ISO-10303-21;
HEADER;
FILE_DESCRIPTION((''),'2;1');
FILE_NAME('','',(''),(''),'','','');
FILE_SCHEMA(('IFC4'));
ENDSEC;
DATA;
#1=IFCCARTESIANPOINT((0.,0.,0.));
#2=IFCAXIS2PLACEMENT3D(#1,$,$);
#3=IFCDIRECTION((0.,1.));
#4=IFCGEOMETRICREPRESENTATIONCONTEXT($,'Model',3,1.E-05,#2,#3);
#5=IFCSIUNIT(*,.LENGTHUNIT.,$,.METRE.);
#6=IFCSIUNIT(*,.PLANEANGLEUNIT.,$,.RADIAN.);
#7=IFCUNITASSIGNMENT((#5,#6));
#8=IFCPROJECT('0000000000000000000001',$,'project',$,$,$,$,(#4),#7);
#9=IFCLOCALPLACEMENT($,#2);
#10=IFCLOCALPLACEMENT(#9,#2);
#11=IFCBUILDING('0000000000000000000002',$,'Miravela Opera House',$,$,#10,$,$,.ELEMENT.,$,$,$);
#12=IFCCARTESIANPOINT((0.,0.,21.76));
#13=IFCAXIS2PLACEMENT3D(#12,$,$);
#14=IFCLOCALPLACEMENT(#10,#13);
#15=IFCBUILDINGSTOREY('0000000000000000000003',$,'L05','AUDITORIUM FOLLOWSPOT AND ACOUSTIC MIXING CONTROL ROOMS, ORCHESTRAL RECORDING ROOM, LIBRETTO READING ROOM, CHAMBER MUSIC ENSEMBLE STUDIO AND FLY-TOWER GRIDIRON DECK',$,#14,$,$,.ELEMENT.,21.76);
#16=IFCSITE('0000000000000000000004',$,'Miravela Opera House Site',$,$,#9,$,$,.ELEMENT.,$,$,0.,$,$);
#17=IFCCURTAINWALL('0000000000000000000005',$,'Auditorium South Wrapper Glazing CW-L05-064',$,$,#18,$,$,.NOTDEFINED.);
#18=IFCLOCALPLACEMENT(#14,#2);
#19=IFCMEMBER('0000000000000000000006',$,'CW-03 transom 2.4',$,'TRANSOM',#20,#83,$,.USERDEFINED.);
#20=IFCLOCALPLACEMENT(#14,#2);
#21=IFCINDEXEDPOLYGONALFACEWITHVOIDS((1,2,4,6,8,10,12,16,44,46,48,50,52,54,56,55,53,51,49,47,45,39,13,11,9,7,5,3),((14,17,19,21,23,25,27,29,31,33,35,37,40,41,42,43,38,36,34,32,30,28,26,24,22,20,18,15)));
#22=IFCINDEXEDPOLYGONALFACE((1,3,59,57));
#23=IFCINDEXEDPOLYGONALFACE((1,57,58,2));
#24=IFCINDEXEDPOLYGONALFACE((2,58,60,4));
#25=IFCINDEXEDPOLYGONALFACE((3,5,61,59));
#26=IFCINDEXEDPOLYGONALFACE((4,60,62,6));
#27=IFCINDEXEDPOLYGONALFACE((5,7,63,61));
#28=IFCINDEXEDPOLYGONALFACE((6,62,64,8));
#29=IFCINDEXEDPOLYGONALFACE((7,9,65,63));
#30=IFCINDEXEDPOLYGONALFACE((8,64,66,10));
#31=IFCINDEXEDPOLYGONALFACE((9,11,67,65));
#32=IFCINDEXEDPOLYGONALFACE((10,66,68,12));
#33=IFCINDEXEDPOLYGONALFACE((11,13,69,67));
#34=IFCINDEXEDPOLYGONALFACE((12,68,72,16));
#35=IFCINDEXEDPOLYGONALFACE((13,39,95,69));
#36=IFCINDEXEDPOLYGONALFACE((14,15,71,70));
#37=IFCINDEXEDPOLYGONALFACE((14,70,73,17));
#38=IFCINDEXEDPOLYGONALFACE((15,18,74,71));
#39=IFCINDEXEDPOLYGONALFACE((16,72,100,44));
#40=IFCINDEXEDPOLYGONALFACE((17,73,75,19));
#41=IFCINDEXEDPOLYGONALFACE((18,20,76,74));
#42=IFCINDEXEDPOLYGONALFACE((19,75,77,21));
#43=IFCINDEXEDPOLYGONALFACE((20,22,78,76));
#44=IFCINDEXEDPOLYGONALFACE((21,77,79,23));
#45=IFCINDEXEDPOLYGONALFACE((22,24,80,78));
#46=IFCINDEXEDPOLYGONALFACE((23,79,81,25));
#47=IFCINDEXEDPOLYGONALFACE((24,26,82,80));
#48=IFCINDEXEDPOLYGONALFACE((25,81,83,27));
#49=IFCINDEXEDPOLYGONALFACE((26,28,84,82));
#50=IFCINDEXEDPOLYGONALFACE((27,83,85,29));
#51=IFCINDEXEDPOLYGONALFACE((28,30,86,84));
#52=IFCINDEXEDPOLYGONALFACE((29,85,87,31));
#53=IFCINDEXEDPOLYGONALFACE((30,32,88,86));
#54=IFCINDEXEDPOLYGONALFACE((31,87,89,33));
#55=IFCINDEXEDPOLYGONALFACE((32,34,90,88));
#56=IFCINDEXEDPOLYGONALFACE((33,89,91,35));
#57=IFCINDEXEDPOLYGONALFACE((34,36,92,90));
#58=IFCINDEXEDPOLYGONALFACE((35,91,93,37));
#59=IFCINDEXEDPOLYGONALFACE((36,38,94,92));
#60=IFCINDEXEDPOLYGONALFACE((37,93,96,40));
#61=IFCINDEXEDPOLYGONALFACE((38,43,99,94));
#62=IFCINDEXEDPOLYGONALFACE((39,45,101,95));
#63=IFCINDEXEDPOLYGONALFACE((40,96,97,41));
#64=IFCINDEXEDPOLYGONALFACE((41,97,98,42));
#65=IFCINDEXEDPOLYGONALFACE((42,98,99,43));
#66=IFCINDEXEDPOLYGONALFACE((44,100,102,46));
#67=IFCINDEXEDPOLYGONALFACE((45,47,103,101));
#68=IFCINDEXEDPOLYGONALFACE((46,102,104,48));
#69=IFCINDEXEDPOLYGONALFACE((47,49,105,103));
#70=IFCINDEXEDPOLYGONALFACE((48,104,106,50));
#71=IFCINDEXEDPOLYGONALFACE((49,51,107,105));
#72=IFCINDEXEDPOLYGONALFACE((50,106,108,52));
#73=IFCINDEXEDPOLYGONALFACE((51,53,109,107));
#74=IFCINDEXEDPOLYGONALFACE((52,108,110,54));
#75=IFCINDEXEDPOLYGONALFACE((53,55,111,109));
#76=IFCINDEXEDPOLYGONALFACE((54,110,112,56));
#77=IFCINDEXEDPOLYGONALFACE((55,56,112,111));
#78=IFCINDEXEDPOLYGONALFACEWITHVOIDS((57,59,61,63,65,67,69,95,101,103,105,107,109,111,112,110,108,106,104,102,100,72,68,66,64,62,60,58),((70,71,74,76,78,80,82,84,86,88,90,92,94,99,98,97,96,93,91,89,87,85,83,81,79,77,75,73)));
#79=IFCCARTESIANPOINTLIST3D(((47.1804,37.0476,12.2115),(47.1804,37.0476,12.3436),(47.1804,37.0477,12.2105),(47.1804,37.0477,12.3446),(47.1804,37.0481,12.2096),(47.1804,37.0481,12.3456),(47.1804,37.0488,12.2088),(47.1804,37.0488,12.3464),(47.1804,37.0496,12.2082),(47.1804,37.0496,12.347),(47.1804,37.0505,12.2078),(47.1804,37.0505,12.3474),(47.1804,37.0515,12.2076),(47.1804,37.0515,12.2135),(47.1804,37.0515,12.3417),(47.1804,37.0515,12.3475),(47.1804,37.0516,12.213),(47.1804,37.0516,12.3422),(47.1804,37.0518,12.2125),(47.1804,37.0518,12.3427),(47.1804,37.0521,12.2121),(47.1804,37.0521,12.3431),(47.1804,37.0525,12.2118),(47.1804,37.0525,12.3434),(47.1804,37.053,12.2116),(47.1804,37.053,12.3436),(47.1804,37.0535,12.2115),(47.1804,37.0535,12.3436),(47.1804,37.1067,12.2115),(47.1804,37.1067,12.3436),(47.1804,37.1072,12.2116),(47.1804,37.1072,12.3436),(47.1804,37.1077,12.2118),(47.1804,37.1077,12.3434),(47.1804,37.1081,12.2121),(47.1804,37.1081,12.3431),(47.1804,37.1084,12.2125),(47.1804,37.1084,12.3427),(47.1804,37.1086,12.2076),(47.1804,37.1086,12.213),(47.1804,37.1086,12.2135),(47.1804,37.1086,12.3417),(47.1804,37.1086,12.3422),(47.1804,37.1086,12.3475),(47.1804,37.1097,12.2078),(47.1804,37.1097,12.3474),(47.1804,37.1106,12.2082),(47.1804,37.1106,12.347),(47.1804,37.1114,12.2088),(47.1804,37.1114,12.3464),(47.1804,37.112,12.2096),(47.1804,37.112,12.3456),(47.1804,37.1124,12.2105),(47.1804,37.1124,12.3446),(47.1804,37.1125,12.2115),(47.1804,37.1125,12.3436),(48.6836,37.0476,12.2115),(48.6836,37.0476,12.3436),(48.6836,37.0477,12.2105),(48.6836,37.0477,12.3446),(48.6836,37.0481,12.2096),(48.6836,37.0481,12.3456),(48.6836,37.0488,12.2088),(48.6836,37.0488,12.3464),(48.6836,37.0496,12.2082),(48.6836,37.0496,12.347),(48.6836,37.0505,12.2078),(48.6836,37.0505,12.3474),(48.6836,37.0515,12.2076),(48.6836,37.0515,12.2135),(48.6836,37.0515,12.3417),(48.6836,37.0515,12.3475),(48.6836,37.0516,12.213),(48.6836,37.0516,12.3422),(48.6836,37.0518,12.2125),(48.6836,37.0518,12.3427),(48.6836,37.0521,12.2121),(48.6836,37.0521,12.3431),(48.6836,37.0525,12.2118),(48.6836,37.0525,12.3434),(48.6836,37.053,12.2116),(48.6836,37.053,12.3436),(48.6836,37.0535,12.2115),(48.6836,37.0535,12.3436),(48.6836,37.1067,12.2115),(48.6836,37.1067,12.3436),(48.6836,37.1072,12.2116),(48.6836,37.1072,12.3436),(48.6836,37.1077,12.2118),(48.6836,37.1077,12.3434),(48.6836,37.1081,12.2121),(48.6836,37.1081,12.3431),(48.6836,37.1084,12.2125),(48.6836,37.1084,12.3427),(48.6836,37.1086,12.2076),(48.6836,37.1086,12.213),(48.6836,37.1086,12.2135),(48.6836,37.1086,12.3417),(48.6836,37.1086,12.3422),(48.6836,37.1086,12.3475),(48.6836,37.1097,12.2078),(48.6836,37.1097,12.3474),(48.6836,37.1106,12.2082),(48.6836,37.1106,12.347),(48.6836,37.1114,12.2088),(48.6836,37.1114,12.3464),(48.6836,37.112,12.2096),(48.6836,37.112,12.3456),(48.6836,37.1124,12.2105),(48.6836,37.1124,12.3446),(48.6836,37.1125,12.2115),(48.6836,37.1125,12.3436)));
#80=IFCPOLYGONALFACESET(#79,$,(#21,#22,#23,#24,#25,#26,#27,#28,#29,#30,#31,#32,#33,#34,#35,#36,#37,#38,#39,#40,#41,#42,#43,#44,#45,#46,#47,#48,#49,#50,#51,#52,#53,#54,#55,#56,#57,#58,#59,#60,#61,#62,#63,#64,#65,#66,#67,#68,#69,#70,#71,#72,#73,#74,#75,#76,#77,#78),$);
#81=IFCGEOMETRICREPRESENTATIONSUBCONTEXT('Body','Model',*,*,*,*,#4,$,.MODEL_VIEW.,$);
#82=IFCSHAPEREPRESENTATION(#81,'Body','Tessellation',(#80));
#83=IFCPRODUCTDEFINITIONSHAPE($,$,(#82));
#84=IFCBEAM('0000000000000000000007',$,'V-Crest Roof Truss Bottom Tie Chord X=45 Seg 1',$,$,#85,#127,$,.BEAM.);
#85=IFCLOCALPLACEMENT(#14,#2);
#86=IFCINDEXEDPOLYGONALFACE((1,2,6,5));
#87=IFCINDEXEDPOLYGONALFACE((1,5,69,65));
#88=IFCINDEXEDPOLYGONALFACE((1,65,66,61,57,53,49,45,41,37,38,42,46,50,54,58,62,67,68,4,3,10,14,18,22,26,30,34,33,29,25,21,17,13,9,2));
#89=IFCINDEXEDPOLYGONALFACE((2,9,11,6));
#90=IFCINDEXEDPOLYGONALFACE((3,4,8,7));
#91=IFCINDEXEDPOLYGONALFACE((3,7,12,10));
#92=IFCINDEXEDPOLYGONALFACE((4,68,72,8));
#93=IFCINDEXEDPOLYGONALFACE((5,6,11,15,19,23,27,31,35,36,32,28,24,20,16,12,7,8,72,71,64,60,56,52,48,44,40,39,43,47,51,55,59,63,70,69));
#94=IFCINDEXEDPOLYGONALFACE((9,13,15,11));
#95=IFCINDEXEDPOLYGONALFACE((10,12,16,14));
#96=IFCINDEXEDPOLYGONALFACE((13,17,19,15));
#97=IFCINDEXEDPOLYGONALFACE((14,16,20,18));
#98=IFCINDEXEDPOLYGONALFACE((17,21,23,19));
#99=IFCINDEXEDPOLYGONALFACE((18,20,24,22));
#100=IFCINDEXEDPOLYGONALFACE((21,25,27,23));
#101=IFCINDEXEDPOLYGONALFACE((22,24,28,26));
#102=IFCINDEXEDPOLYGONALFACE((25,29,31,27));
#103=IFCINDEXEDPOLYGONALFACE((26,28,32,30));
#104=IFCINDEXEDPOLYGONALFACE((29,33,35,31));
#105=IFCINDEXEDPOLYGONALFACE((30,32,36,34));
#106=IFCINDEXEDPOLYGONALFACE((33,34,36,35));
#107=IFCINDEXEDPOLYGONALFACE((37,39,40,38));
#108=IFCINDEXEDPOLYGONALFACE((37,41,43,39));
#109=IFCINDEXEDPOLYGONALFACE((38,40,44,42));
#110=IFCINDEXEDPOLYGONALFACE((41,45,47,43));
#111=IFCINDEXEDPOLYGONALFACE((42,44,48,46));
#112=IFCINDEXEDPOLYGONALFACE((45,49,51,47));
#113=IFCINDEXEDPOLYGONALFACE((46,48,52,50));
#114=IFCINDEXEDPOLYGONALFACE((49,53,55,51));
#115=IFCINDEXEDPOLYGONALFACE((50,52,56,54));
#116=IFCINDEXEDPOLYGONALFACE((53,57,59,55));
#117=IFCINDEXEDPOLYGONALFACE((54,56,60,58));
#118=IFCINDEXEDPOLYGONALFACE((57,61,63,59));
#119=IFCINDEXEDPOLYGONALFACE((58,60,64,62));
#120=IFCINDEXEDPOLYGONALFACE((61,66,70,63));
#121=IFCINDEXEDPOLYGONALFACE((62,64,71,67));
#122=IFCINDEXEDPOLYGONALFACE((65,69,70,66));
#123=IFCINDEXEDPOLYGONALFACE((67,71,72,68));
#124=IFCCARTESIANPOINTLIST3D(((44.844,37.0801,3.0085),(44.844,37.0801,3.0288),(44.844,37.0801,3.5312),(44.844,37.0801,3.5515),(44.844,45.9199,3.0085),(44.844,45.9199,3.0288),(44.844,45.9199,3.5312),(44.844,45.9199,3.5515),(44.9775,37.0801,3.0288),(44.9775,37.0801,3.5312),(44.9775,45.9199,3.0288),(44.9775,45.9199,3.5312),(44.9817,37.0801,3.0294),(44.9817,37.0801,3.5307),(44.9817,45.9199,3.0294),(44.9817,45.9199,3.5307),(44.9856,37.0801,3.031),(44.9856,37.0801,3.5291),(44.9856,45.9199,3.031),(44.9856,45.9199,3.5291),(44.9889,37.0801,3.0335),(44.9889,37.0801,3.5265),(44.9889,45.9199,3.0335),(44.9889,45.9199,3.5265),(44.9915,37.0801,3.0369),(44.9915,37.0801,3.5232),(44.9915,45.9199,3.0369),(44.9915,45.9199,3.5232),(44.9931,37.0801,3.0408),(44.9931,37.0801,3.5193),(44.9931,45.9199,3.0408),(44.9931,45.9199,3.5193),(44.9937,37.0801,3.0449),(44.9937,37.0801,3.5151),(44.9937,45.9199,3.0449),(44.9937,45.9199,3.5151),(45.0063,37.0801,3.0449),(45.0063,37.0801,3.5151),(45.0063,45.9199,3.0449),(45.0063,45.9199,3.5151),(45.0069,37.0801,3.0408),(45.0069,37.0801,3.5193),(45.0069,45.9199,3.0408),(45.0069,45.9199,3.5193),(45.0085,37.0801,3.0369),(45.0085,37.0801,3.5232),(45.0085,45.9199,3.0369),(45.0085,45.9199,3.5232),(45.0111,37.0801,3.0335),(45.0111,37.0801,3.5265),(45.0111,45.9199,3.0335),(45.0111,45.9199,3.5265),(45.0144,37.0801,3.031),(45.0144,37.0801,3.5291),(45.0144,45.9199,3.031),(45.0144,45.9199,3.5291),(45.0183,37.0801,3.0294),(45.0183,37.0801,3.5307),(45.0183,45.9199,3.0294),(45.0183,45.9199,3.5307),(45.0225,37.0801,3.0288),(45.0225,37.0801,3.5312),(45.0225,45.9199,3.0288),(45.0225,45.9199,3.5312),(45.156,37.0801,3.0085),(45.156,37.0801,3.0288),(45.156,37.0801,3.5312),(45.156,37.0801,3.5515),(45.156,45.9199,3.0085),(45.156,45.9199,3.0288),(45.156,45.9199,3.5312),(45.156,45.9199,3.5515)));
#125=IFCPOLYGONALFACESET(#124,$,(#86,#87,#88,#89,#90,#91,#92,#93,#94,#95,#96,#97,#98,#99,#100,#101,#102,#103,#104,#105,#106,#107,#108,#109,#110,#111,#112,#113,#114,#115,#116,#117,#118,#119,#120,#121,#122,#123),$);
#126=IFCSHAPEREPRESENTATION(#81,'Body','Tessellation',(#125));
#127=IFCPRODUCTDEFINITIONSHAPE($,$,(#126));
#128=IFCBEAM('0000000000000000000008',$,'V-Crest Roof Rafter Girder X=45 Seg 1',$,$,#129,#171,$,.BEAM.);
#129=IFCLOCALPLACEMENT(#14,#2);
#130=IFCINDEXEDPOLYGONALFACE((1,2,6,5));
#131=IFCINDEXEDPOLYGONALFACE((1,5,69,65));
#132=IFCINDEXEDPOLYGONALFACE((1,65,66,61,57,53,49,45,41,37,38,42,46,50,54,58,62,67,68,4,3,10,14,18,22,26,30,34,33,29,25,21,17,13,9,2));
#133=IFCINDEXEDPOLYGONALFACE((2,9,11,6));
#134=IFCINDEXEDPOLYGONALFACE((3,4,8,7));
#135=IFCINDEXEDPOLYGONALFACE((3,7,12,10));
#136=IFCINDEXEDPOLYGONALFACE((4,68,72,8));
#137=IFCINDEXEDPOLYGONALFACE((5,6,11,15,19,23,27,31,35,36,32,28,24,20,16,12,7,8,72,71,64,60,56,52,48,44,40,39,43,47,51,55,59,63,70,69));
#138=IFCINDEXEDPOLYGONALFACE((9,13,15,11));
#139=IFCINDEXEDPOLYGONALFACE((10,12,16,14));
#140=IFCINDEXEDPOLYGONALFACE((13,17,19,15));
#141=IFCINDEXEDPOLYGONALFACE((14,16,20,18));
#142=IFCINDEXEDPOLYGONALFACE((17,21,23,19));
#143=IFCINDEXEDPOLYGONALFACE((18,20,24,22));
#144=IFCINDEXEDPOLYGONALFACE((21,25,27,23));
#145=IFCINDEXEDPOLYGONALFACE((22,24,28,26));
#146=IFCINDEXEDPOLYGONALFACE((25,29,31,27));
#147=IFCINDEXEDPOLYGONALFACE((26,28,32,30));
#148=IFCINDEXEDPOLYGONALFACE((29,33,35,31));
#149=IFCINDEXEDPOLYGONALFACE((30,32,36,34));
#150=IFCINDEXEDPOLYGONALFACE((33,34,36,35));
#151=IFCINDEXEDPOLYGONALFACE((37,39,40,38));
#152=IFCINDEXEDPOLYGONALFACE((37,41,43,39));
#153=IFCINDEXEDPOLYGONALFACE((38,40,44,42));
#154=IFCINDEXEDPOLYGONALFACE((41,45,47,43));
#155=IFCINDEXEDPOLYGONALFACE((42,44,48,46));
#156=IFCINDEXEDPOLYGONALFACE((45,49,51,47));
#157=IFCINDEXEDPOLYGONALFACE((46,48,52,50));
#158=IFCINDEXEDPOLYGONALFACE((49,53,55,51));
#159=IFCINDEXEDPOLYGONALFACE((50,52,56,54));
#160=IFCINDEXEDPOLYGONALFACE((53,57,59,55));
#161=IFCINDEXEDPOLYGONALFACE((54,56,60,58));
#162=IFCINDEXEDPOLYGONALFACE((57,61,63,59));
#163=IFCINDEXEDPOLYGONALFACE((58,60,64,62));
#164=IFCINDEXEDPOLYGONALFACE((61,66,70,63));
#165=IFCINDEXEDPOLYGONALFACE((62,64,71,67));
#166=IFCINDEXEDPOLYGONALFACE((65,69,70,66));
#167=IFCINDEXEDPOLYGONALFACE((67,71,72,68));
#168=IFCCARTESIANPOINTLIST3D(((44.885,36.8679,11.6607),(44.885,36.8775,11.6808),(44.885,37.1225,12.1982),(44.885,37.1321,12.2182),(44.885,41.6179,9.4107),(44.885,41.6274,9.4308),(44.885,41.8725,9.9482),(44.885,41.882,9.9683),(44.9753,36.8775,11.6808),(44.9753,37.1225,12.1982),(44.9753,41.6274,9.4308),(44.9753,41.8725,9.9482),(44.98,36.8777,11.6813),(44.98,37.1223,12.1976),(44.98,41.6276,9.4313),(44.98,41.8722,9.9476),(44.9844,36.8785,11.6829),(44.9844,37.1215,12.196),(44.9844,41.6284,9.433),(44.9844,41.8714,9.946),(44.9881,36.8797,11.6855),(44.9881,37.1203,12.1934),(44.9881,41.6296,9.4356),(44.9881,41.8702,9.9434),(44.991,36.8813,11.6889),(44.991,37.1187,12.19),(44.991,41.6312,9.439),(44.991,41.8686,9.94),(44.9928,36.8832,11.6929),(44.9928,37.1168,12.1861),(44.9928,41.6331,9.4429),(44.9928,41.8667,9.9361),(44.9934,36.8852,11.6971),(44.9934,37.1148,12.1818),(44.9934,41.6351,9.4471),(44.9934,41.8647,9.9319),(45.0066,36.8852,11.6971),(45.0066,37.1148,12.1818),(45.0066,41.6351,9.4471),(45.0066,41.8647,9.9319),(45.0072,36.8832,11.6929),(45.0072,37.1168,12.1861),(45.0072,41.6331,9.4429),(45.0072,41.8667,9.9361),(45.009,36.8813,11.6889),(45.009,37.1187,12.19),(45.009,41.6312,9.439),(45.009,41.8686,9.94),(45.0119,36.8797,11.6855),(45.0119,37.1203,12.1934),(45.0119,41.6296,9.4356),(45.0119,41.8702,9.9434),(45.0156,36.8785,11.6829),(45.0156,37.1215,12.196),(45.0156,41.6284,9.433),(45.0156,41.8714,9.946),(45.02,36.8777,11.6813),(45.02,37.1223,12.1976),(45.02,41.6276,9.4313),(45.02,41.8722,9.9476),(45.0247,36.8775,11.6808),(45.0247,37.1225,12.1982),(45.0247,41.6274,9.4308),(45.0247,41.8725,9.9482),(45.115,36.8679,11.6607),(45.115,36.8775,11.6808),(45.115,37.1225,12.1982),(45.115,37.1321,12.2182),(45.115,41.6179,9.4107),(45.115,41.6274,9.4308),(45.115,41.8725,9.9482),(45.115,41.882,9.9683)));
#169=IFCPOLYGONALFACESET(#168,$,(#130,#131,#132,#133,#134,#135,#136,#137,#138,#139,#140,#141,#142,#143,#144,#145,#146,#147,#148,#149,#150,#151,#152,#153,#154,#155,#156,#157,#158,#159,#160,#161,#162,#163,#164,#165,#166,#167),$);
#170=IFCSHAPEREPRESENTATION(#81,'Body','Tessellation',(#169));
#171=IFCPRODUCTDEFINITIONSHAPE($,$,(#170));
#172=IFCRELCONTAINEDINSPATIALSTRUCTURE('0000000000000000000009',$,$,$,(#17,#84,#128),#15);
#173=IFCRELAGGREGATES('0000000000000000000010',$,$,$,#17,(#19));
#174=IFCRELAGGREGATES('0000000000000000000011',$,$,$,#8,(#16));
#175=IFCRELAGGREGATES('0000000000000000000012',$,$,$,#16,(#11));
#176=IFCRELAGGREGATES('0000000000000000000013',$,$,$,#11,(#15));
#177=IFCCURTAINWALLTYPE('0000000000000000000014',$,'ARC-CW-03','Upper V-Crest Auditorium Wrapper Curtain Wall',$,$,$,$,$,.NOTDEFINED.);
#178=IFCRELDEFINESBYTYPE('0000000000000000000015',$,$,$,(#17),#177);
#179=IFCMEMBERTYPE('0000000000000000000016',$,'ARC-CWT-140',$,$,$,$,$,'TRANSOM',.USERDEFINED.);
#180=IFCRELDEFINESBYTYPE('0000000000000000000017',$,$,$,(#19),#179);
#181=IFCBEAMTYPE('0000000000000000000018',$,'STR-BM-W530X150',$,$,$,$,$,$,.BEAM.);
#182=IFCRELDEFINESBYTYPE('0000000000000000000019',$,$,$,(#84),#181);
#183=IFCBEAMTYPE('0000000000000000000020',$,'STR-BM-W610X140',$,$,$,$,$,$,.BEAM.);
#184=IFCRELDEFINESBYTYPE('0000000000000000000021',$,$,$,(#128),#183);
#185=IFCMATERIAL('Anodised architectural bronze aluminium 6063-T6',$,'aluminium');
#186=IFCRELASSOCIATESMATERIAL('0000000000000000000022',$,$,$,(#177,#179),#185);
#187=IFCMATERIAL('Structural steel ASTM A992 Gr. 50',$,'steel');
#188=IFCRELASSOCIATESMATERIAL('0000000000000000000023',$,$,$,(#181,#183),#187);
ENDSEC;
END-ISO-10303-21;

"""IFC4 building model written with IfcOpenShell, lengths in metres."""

from ifc_helpers import new_model, si_unit, direction, frame, origin, origin_2d, place, context, subcontext, project, spatial, hollow_rectangle, i_section, extrude, material, material_profile, profile_set, type_object, element, aggregate, save


model = new_model("IFC4")

# Units and contexts
model_context = context("Model", 3, precision=1e-05, world=origin(), true_north=direction((0.0, 1.0)))
body_context = subcontext(model_context, "Body", "Model", "MODEL_VIEW")
ifc_project = project(units=[si_unit("LENGTHUNIT", "METRE"), si_unit("PLANEANGLEUNIT", "RADIAN")], contexts=[model_context])

# Site, building, storey
site_placement = place(None, origin())
site = spatial("IfcSite", under=ifc_project, at=site_placement, Name="Miravela Opera House Site", CompositionType="ELEMENT", RefElevation=0.0)
building_placement = place(site_placement, origin())
building = spatial("IfcBuilding", under=site, at=building_placement, Name="Miravela Opera House", CompositionType="ELEMENT")
storey_placement = place(building_placement, frame((0.0, 0.0, 21.76)))
storey = spatial("IfcBuildingStorey", under=building, at=storey_placement, Name="L05", Description="AUDITORIUM FOLLOWSPOT AND ACOUSTIC MIXING CONTROL ROOMS, ORCHESTRAL RECORDING ROOM, LIBRETTO READING ROOM, CHAMBER MUSIC ENSEMBLE STUDIO AND FLY-TOWER GRIDIRON DECK", CompositionType="ELEMENT", Elevation=21.76)

# Curtain wall, member
ifc_material_1 = material(Name="Anodised architectural bronze aluminium 6063-T6", Category="aluminium")
curtain_wall_type = type_object("IfcCurtainWallType", Name="ARC-CW-03", Description="Upper V-Crest Auditorium Wrapper Curtain Wall", PredefinedType="NOTDEFINED", material=ifc_material_1)
ifc_material_profile_1 = material_profile(ifc_material_1, hollow_rectangle(XDim=0.0649, YDim=0.1399, WallThickness=0.0039, InnerFilletRadius=0.002, OuterFilletRadius=0.0039, at=origin_2d()), Name="CWT-65X140")
ifc_profile_set_1 = profile_set([ifc_material_profile_1])
member_type = type_object("IfcMemberType", Name="ARC-CWT-140", ElementType="TRANSOM", PredefinedType="USERDEFINED", material=ifc_profile_set_1)
curtain_wall_1_placement = place(storey_placement, origin())
curtain_wall_1 = element("IfcCurtainWall", 1, at=curtain_wall_1_placement, inside=storey, type_object=curtain_wall_type, Name="Auditorium South Wrapper Glazing CW-L05-064", PredefinedType="NOTDEFINED")
member_1_placement = place(storey_placement, frame((47.1804, 37.0801, 12.2776), z_axis=(1.0, 0.0, 0.0), x_axis=(0.0, 1.0, 0.0)))
member_1 = element("IfcMember", 2, at=member_1_placement, type_object=member_type, Name="CW-03 transom 2.4", ObjectType="TRANSOM", PredefinedType="USERDEFINED", context=body_context, shape_type="SweptSolid", body=[
    extrude(hollow_rectangle(XDim=0.0649, YDim=0.1399, WallThickness=0.0039, InnerFilletRadius=0.002, OuterFilletRadius=0.0039, at=origin_2d()), origin(), (0.0, 0.0, 1.0), 1.5032),
])

# Beams
ifc_material_2 = material(Name="Structural steel ASTM A992 Gr. 50", Category="steel")
ifc_material_profile_2 = material_profile(ifc_material_2, i_section(OverallWidth=0.312, OverallDepth=0.543, WebThickness=0.0127, FlangeThickness=0.0203, FilletRadius=0.0161, at=origin_2d()), Name="W530X150")
ifc_profile_set_2 = profile_set([ifc_material_profile_2])
beam_type_1 = type_object("IfcBeamType", Name="STR-BM-W530X150", PredefinedType="BEAM", material=ifc_profile_set_2)
beam_placement = place(storey_placement, frame((45.0, 37.0801, 3.28), z_axis=(0.0, 1.0, 0.0), x_axis=(-1.0, 0.0, 0.0)))
element("IfcBeam", 3, at=beam_placement, inside=storey, type_object=beam_type_1, Name="V-Crest Roof Truss Bottom Tie Chord X=45 Seg 1", PredefinedType="BEAM", context=body_context, shape_type="SweptSolid", body=[
    extrude(i_section(OverallWidth=0.312, OverallDepth=0.543, WebThickness=0.0127, FlangeThickness=0.0203, FilletRadius=0.0161, at=origin_2d()), origin(), (0.0, 0.0, 1.0), 8.8398),
])
ifc_material_profile_3 = material_profile(ifc_material_2, i_section(OverallWidth=0.23, OverallDepth=0.6169, WebThickness=0.0132, FlangeThickness=0.0222, FilletRadius=0.0181, at=origin_2d()), Name="W610X140")
ifc_profile_set_3 = profile_set([ifc_material_profile_3])
beam_type_2 = type_object("IfcBeamType", Name="STR-BM-W610X140", PredefinedType="BEAM", material=ifc_profile_set_3)
for number, where, z_axis, x_axis, name in (
    (4, (45.0, 37.0, 11.9395), (0.0, 0.903738, -0.428086), (-1.0, 0.0, 0.0), "V-Crest Roof Rafter Girder X=45 Seg 1"),
):
    element("IfcBeam", number, at=place(storey_placement, frame(where, z_axis=z_axis, x_axis=x_axis)), inside=storey, type_object=beam_type_2, Name=name, PredefinedType="BEAM", context=body_context, shape_type="SweptSolid", body=[
        extrude(i_section(OverallWidth=0.23, OverallDepth=0.6169, WebThickness=0.0132, FlangeThickness=0.0222, FilletRadius=0.0181, at=origin_2d()), origin(), (0.0, 0.0, 1.0), 5.2559),
    ])

aggregate(curtain_wall_1, [member_1])

save(model, "model.ifc")
